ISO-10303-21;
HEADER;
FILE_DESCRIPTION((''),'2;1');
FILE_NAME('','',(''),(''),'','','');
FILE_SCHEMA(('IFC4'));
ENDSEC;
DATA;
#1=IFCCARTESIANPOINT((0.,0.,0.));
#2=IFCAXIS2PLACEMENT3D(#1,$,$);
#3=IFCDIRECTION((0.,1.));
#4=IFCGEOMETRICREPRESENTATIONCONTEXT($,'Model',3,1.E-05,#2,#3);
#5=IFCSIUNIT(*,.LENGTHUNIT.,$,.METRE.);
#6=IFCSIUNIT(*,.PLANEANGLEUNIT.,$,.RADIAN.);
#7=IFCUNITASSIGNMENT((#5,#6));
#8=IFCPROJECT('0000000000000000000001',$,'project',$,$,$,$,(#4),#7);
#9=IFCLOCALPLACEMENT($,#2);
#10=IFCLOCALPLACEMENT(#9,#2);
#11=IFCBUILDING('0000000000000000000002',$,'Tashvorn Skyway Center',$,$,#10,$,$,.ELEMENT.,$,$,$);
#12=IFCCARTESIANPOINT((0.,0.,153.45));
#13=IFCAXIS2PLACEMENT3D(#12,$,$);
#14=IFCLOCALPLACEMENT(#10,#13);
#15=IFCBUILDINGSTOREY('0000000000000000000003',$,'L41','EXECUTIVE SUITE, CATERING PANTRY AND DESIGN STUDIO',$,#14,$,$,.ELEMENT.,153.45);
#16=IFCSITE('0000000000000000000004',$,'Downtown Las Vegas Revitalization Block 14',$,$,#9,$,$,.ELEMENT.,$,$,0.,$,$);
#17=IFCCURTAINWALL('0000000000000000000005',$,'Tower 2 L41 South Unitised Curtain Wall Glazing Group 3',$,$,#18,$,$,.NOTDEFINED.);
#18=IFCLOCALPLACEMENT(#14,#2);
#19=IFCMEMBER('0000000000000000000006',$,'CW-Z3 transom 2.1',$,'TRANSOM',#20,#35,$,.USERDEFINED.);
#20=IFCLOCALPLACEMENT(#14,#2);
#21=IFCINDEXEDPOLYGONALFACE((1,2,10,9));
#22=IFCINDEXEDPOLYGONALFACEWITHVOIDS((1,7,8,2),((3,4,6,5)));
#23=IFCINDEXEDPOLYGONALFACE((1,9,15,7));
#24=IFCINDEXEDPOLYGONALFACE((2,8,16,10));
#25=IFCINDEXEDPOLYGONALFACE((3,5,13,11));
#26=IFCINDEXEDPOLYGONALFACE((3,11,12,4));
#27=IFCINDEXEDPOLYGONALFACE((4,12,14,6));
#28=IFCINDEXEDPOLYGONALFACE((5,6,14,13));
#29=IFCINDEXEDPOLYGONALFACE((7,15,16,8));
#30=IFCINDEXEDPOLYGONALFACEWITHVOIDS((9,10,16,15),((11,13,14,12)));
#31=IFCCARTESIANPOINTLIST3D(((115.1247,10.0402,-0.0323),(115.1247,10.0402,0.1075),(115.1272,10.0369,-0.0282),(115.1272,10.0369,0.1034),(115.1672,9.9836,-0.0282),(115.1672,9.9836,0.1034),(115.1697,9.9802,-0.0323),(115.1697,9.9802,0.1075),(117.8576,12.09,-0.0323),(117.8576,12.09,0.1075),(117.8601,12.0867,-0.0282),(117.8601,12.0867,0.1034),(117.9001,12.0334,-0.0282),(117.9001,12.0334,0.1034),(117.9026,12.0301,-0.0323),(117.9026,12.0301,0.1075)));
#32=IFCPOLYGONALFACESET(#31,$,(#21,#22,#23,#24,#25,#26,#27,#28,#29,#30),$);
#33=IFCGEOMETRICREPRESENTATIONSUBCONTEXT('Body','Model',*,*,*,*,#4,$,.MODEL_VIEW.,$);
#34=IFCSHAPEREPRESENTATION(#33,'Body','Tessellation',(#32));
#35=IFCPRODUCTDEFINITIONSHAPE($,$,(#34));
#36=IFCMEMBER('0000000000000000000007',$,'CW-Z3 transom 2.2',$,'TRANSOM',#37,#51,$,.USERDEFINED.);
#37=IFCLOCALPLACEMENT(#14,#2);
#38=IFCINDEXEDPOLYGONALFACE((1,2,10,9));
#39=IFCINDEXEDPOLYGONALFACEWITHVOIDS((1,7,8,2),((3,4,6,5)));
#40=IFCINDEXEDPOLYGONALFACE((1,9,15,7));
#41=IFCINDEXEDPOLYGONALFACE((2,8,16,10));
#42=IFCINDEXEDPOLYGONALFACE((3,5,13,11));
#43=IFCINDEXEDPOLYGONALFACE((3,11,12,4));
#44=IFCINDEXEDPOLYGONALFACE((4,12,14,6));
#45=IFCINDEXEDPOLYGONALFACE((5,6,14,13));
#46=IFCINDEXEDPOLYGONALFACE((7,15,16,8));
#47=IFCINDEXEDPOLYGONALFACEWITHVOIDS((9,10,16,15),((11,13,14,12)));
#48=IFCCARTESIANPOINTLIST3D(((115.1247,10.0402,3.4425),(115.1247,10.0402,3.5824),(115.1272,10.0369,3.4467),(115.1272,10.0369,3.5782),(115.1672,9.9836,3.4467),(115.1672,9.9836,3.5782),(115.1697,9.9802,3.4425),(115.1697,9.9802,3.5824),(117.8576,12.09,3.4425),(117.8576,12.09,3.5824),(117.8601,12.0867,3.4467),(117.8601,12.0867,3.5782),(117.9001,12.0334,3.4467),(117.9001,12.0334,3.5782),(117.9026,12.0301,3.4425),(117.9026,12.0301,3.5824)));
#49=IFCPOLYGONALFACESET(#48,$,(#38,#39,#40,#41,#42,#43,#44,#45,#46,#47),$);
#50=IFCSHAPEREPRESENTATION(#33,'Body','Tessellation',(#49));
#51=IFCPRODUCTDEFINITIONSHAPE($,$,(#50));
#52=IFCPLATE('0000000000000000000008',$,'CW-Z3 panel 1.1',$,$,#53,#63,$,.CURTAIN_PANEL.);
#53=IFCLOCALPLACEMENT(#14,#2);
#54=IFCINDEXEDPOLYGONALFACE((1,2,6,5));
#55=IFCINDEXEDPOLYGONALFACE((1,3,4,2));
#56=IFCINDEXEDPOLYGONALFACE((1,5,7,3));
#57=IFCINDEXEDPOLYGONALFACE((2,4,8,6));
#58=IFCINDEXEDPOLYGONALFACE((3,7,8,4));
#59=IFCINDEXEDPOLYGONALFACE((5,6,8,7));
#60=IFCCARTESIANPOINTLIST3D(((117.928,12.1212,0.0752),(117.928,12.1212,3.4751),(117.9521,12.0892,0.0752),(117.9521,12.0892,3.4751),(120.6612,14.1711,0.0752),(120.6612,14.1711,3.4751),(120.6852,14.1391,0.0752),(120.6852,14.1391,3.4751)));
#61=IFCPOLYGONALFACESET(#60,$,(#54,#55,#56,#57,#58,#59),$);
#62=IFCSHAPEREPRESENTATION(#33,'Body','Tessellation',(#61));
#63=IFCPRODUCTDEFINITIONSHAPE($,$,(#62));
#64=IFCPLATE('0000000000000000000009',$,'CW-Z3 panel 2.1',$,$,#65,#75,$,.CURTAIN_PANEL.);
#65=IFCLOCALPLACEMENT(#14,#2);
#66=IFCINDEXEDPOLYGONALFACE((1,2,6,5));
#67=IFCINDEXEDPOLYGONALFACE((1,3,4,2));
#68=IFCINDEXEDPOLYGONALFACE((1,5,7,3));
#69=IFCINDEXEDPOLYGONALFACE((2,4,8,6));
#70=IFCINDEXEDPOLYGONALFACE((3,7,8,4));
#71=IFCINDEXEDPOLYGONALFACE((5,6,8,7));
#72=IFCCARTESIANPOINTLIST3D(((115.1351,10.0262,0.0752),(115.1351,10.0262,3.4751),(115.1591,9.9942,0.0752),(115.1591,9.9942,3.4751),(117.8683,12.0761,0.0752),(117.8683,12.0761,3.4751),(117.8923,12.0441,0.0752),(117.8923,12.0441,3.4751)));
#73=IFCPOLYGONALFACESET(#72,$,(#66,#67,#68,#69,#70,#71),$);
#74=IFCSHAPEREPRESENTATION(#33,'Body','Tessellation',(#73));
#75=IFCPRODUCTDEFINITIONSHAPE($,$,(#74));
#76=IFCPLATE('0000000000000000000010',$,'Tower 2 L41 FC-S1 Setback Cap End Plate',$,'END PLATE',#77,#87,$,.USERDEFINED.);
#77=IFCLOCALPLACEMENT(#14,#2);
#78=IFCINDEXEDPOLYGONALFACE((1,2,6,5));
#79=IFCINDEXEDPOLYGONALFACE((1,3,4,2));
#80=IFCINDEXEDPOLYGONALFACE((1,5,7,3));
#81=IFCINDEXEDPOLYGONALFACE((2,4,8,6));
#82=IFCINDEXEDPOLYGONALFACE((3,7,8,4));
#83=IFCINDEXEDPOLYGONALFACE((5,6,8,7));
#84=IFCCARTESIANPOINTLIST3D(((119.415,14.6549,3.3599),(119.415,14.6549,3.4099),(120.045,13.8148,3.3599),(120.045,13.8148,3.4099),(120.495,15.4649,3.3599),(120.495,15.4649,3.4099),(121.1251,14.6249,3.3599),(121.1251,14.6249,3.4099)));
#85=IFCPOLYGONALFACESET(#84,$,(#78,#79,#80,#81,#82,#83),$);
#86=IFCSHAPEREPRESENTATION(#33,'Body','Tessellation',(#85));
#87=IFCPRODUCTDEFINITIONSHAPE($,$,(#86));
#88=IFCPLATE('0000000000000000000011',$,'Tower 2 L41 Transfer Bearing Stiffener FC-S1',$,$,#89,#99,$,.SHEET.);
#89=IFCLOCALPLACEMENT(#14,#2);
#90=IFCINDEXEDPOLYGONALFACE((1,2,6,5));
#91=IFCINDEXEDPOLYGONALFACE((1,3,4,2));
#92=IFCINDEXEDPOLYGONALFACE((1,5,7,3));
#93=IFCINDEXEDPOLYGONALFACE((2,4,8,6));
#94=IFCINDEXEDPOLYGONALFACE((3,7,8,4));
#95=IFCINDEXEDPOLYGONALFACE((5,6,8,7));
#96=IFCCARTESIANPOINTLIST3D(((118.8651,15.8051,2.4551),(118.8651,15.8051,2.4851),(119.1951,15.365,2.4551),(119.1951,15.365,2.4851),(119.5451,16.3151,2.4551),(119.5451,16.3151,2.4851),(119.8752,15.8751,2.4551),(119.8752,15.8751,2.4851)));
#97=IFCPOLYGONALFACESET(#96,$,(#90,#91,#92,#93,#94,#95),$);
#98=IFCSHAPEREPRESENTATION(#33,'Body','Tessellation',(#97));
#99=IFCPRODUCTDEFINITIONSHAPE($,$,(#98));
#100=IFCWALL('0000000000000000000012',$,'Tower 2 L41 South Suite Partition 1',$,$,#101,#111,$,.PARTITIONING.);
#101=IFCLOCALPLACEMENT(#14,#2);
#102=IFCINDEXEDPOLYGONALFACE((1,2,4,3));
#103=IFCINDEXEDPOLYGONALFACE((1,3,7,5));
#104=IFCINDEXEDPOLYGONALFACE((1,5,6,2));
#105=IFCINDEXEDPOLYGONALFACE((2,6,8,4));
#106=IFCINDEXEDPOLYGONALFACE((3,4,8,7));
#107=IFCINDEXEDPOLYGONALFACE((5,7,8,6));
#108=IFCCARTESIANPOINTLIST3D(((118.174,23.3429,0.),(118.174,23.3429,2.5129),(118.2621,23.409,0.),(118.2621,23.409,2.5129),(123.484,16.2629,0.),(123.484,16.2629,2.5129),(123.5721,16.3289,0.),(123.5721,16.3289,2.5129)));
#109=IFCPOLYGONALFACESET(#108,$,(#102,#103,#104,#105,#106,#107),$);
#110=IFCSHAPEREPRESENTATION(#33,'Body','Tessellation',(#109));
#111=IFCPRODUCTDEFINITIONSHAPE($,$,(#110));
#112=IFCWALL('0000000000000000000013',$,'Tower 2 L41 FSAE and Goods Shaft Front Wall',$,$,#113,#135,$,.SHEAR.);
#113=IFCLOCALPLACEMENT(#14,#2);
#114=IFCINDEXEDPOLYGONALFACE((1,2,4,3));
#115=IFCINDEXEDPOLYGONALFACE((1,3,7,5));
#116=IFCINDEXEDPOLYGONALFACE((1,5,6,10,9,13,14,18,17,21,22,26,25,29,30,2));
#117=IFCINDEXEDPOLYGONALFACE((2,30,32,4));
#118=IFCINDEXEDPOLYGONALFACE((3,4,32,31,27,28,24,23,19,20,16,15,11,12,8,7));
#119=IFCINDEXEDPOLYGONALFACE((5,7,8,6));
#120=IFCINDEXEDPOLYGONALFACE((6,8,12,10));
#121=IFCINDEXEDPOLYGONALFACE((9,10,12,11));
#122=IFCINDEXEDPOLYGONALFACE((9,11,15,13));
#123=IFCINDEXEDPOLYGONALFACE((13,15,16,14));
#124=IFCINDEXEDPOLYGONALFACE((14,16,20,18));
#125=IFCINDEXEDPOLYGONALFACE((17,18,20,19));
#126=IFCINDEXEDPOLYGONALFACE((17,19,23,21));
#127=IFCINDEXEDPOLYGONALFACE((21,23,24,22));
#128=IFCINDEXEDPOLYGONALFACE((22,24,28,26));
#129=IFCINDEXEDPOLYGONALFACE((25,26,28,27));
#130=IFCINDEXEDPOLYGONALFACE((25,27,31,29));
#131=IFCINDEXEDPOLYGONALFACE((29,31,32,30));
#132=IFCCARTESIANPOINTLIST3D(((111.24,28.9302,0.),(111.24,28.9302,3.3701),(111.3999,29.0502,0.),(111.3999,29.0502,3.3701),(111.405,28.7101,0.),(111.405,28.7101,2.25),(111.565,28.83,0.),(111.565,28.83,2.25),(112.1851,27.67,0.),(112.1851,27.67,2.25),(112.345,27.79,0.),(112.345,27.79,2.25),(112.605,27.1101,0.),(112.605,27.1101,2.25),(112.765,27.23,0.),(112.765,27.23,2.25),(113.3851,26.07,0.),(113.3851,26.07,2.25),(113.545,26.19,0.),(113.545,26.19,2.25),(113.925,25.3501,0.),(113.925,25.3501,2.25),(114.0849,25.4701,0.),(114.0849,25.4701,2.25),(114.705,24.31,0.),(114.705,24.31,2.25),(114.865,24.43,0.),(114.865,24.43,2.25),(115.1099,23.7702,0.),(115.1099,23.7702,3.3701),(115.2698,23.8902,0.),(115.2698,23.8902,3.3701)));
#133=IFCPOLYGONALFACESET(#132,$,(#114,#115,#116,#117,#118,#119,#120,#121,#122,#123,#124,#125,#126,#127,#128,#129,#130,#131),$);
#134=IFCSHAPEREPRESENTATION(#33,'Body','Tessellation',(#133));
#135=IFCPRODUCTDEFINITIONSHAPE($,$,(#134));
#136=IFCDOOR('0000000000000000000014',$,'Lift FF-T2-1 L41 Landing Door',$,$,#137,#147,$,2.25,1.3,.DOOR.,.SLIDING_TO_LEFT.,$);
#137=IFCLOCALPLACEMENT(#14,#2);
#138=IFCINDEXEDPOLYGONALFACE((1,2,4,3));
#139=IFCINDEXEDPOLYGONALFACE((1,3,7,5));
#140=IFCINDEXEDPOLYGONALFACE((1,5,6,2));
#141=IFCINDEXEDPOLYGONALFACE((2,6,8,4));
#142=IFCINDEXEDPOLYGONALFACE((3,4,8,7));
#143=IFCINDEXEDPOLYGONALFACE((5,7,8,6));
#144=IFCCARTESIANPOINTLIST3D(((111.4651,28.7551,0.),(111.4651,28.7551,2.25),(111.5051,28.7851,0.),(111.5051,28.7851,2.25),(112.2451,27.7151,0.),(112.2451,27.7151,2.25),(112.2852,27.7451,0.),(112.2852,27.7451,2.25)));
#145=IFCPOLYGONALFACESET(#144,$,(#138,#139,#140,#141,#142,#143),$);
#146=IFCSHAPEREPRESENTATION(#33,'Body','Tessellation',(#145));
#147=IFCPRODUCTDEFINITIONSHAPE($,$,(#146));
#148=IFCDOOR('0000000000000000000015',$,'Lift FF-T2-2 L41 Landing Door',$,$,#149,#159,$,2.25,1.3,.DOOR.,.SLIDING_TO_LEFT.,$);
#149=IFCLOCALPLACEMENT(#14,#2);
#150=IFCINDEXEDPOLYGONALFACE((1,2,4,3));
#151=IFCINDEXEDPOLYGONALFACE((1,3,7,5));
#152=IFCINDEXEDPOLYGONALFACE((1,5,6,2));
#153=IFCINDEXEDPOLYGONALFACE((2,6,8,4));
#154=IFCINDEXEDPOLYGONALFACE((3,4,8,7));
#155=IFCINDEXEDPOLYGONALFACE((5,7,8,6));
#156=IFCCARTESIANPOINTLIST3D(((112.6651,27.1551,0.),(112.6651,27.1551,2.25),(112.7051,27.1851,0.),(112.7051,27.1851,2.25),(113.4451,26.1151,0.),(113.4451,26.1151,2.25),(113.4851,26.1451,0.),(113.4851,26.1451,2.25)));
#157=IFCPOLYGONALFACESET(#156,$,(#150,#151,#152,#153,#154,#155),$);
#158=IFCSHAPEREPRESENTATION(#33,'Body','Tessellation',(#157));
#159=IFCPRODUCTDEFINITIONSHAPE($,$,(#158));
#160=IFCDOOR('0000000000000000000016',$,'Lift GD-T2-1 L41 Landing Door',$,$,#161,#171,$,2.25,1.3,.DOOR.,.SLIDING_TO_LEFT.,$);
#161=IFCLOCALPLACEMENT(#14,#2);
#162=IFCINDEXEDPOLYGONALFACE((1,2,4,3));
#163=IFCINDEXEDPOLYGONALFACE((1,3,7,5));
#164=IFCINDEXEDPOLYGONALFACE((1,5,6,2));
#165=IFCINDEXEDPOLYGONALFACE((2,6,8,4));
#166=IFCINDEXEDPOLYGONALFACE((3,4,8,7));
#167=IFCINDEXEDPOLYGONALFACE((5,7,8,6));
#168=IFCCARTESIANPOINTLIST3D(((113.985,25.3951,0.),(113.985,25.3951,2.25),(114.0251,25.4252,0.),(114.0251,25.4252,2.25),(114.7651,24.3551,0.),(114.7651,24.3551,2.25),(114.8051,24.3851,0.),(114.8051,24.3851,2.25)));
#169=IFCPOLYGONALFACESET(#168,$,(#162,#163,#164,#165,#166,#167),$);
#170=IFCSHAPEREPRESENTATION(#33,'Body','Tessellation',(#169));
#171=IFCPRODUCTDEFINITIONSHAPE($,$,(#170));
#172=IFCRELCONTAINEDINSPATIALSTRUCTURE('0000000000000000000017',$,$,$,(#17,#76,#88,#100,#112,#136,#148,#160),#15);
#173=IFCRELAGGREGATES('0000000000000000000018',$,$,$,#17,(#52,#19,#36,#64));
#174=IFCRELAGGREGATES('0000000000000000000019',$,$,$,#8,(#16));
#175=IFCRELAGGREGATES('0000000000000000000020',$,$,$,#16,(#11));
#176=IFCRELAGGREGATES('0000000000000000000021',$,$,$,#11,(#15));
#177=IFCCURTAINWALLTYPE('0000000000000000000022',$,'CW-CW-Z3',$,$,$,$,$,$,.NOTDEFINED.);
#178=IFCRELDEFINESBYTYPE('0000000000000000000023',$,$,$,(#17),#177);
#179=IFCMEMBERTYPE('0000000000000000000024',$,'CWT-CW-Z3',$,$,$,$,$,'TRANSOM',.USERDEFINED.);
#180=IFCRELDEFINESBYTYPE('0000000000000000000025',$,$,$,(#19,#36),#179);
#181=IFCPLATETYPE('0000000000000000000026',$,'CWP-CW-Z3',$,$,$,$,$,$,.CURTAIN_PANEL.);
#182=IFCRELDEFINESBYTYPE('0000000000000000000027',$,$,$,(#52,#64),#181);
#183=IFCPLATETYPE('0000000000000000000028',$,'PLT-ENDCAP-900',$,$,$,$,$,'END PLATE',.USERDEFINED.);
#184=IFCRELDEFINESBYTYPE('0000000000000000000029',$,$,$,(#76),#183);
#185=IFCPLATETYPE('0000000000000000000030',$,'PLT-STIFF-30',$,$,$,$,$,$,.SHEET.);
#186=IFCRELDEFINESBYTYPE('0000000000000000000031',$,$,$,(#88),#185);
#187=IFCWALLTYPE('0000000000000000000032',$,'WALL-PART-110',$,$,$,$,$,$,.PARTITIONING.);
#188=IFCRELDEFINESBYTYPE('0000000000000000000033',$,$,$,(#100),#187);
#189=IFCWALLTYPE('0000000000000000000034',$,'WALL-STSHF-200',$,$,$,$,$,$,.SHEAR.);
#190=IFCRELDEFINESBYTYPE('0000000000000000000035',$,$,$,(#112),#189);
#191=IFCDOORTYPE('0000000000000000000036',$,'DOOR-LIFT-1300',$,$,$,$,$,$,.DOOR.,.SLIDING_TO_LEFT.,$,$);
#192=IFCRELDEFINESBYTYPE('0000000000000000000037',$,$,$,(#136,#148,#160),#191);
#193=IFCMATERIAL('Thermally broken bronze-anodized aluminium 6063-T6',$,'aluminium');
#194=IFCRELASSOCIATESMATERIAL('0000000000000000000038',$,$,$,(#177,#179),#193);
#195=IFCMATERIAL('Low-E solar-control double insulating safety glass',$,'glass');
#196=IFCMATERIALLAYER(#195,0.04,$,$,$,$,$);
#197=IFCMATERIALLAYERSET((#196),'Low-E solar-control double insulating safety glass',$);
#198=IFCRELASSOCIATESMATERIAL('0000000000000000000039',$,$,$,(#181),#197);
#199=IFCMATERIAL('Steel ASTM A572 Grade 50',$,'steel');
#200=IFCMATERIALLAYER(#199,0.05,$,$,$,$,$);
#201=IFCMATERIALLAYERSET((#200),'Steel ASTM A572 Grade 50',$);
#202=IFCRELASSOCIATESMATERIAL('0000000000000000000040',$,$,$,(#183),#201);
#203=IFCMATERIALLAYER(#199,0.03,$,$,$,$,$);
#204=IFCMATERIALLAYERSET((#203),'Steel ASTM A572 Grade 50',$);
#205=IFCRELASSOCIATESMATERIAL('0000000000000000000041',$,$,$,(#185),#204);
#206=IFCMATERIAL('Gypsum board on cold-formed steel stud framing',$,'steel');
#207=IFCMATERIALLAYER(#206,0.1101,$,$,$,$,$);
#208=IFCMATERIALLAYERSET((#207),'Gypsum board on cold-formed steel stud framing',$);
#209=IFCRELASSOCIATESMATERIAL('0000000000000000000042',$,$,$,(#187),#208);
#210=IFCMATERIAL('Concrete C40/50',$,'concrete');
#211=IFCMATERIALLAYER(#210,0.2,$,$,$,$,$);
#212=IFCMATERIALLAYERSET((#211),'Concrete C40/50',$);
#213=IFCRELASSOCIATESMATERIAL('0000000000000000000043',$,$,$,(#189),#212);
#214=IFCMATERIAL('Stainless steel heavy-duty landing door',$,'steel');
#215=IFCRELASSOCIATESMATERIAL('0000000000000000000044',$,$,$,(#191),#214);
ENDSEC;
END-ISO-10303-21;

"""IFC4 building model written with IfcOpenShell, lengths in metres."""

from ifc_helpers import new_model, si_unit, direction, frame, frame_2d, origin, origin_2d, place, context, subcontext, project, spatial, rectangle, hollow_rectangle, extrude, material, layer, layer_set, material_profile, profile_set, type_object, element, fill, aggregate, save


model = new_model("IFC4")

# Units and contexts
model_context = context("Model", 3, precision=1e-05, world=origin(), true_north=direction((0.0, 1.0)))
body_context = subcontext(model_context, "Body", "Model", "MODEL_VIEW")
ifc_project = project(units=[si_unit("LENGTHUNIT", "METRE"), si_unit("PLANEANGLEUNIT", "RADIAN")], contexts=[model_context])

# Site, building, storey
site_placement = place(None, origin())
site = spatial("IfcSite", under=ifc_project, at=site_placement, Name="Downtown Las Vegas Revitalization Block 14", CompositionType="ELEMENT", RefElevation=0.0)
building_placement = place(site_placement, origin())
building = spatial("IfcBuilding", under=site, at=building_placement, Name="Tashvorn Skyway Center", CompositionType="ELEMENT")
storey_placement = place(building_placement, frame((0.0, 0.0, 153.45)))
storey = spatial("IfcBuildingStorey", under=building, at=storey_placement, Name="L41", Description="EXECUTIVE SUITE, CATERING PANTRY AND DESIGN STUDIO", CompositionType="ELEMENT", Elevation=153.45)

# Shared definitions
ifc_material_1 = material(Name="Steel ASTM A572 Grade 50", Category="steel")

# Shared definitions
ifc_material_2 = material(Name="Thermally broken bronze-anodized aluminium 6063-T6", Category="aluminium")
curtain_wall_type = type_object("IfcCurtainWallType", Name="CW-CW-Z3", PredefinedType="NOTDEFINED", material=ifc_material_2)

# Curtain wall, members, plates
curtain_wall_1_placement = place(storey_placement, origin())
curtain_wall_1 = element("IfcCurtainWall", 1, at=curtain_wall_1_placement, inside=storey, type_object=curtain_wall_type, Name="Tower 2 L41 South Unitised Curtain Wall Glazing Group 3", PredefinedType="NOTDEFINED")
ifc_material_profile_1 = material_profile(ifc_material_2, hollow_rectangle(XDim=0.075, YDim=0.1399, WallThickness=0.0042, at=origin_2d()), Name="ALU-TRAN-75x140")
ifc_profile_set_1 = profile_set([ifc_material_profile_1], Name="Thermally broken bronze-anodized aluminium 6063-T6")
member_type_1 = type_object("IfcMemberType", Name="CWT-CW-Z3", ElementType="TRANSOM", PredefinedType="USERDEFINED", material=ifc_profile_set_1)
member_1_placement = place(storey_placement, frame((117.8801, 12.0601, 0.0376), z_axis=(-0.799983, -0.600023, 0.0), x_axis=(0.600023, -0.799983, 0.0)))
member_1 = element("IfcMember", 2, at=member_1_placement, type_object=member_type_1, Name="CW-Z3 transom 2.1", ObjectType="TRANSOM", PredefinedType="USERDEFINED", context=body_context, shape_type="SweptSolid", body=[
    extrude(hollow_rectangle(XDim=0.075, YDim=0.1399, WallThickness=0.0042, at=origin_2d()), origin(), (0.0, 0.0, 1.0), 3.4163),
])
member_2_placement = place(storey_placement, frame((117.8801, 12.0601, 3.5125), z_axis=(-0.799983, -0.600023, 0.0), x_axis=(0.600023, -0.799983, 0.0)))
member_2 = element("IfcMember", 3, at=member_2_placement, type_object=member_type_1, Name="CW-Z3 transom 2.2", ObjectType="TRANSOM", PredefinedType="USERDEFINED", context=body_context, shape_type="SweptSolid", body=[
    extrude(hollow_rectangle(XDim=0.075, YDim=0.1399, WallThickness=0.0042, at=origin_2d()), origin(), (0.0, 0.0, 1.0), 3.4163),
])
ifc_material_3 = material(Name="Low-E solar-control double insulating safety glass", Category="glass")
ifc_layer_1 = layer(ifc_material_3, 0.04)
ifc_layer_set_1 = layer_set([ifc_layer_1], Name="Low-E solar-control double insulating safety glass")
plate_type_1 = type_object("IfcPlateType", Name="CWP-CW-Z3", PredefinedType="CURTAIN_PANEL", material=ifc_layer_set_1)
plate_1_placement = place(storey_placement, frame((119.3066, 13.1301, 0.0752), z_axis=(0.0, 0.0, 1.0), x_axis=(-0.799997, -0.600005, 0.0)))
plate_1 = element("IfcPlate", 4, at=plate_1_placement, type_object=plate_type_1, Name="CW-Z3 panel 1.1", PredefinedType="CURTAIN_PANEL", context=body_context, shape_type="SweptSolid", body=[
    extrude(rectangle(XDim=3.4165, YDim=0.04, at=origin_2d()), origin(), (0.0, 0.0, 1.0), 3.3999),
])
plate_2_placement = place(storey_placement, frame((116.5137, 11.0352, 0.0752), z_axis=(0.0, 0.0, 1.0), x_axis=(-0.799997, -0.600005, 0.0)))
plate_2 = element("IfcPlate", 5, at=plate_2_placement, type_object=plate_type_1, Name="CW-Z3 panel 2.1", PredefinedType="CURTAIN_PANEL", context=body_context, shape_type="SweptSolid", body=[
    extrude(rectangle(XDim=3.4165, YDim=0.04, at=origin_2d()), origin(), (0.0, 0.0, 1.0), 3.3999),
])
aggregate(curtain_wall_1, [plate_1, member_1, member_2, plate_2])

# Plates
ifc_layer_2 = layer(ifc_material_1, 0.05)
ifc_layer_set_2 = layer_set([ifc_layer_2], Name="Steel ASTM A572 Grade 50")
plate_type_2 = type_object("IfcPlateType", Name="PLT-ENDCAP-900", ElementType="END PLATE", PredefinedType="USERDEFINED", material=ifc_layer_set_2)
plate_3_placement = place(storey_placement, frame((120.27, 14.6399, 3.3599), z_axis=(0.0, 0.0, 1.0), x_axis=(0.8, 0.6, 0.0)))
element("IfcPlate", 6, at=plate_3_placement, inside=storey, type_object=plate_type_2, Name="Tower 2 L41 FC-S1 Setback Cap End Plate", ObjectType="END PLATE", PredefinedType="USERDEFINED", context=body_context, shape_type="SweptSolid", body=[
    extrude(rectangle(XDim=1.3501, YDim=1.05, at=origin_2d()), origin(), (0.0, 0.0, 1.0), 0.05),
])
ifc_layer_3 = layer(ifc_material_1, 0.03)
ifc_layer_set_3 = layer_set([ifc_layer_3], Name="Steel ASTM A572 Grade 50")
plate_type_3 = type_object("IfcPlateType", Name="PLT-STIFF-30", PredefinedType="SHEET", material=ifc_layer_set_3)
plate_4_placement = place(storey_placement, frame((119.3701, 15.8401, 2.4551), z_axis=(0.0, 0.0, 1.0), x_axis=(0.8, 0.6, 0.0)))
element("IfcPlate", 7, at=plate_4_placement, inside=storey, type_object=plate_type_3, Name="Tower 2 L41 Transfer Bearing Stiffener FC-S1", PredefinedType="SHEET", context=body_context, shape_type="SweptSolid", body=[
    extrude(rectangle(XDim=0.8501, YDim=0.55, at=origin_2d()), origin(), (0.0, 0.0, 1.0), 0.03),
])

# Wall
ifc_material_4 = material(Name="Gypsum board on cold-formed steel stud framing", Category="steel")
ifc_layer_4 = layer(ifc_material_4, 0.1101)
ifc_layer_set_4 = layer_set([ifc_layer_4], Name="Gypsum board on cold-formed steel stud framing")
wall_type_1 = type_object("IfcWallType", Name="WALL-PART-110", PredefinedType="PARTITIONING", material=ifc_layer_set_4)
wall_1_placement = place(storey_placement, frame((123.5281, 16.2959, 0.0), z_axis=(0.0, 0.0, 1.0), x_axis=(-0.6, 0.8, 0.0)))
element("IfcWall", 8, at=wall_1_placement, inside=storey, type_object=wall_type_1, Name="Tower 2 L41 South Suite Partition 1", PredefinedType="PARTITIONING", context=body_context, shape_type="SweptSolid", body=[
    extrude(rectangle(XDim=8.8501, YDim=0.1101, at=frame_2d((4.425, 0.0))), origin(), (0.0, 0.0, 1.0), 2.5129),
])

# Wall, openings, doors
ifc_material_5 = material(Name="Concrete C40/50", Category="concrete")
ifc_layer_5 = layer(ifc_material_5, 0.2)
ifc_layer_set_5 = layer_set([ifc_layer_5], Name="Concrete C40/50")
wall_type_2 = type_object("IfcWallType", Name="WALL-STSHF-200", PredefinedType="SHEAR", material=ifc_layer_set_5)
wall_2_placement = place(storey_placement, frame((115.1899, 23.8301, 0.0), z_axis=(0.0, 0.0, 1.0), x_axis=(-0.599994, 0.800005, 0.0)))
wall_2 = element("IfcWall", 9, at=wall_2_placement, inside=storey, type_object=wall_type_2, Name="Tower 2 L41 FSAE and Goods Shaft Front Wall", PredefinedType="SHEAR", context=body_context, shape_type="SweptSolid", body=[
    extrude(rectangle(XDim=6.45, YDim=0.2, at=frame_2d((3.2251, 0.0))), origin(), (0.0, 0.0, 1.0), 3.3701),
])
opening_1_placement = place(wall_2_placement, frame((4.875, 0.0, 0.0)))
opening_1 = element("IfcOpeningElement", 10, at=opening_1_placement, cuts=wall_2, PredefinedType="OPENING", context=body_context, shape_type="SweptSolid", body=[
    extrude(rectangle(XDim=1.3, YDim=2.25, at=frame_2d((0.6499, 1.125))), frame((0.0, 0.1099, 0.0), z_axis=(0.0, -1.0, 0.0), x_axis=(1.0, 0.0, 0.0)), (0.0, 0.0, 1.0), 0.22),
])
opening_2_placement = place(wall_2_placement, frame((2.875, 0.0, 0.0)))
opening_2 = element("IfcOpeningElement", 11, at=opening_2_placement, cuts=wall_2, PredefinedType="OPENING", context=body_context, shape_type="SweptSolid", body=[
    extrude(rectangle(XDim=1.3, YDim=2.25, at=frame_2d((0.6499, 1.125))), frame((0.0, 0.1099, 0.0), z_axis=(0.0, -1.0, 0.0), x_axis=(1.0, 0.0, 0.0)), (0.0, 0.0, 1.0), 0.22),
])
opening_3_placement = place(wall_2_placement, frame((0.675, 0.0, 0.0)))
opening_3 = element("IfcOpeningElement", 12, at=opening_3_placement, cuts=wall_2, PredefinedType="OPENING", context=body_context, shape_type="SweptSolid", body=[
    extrude(rectangle(XDim=1.3, YDim=2.25, at=frame_2d((0.6499, 1.125))), frame((0.0, 0.1099, 0.0), z_axis=(0.0, -1.0, 0.0), x_axis=(1.0, 0.0, 0.0)), (0.0, 0.0, 1.0), 0.22),
])
ifc_material_6 = material(Name="Stainless steel heavy-duty landing door", Category="steel")
door_type = type_object("IfcDoorType", Name="DOOR-LIFT-1300", OperationType="SLIDING_TO_LEFT", PredefinedType="DOOR", material=ifc_material_6)
door_1_placement = place(opening_1_placement, origin())
door_1 = element("IfcDoor", 13, at=door_1_placement, inside=storey, type_object=door_type, Name="Lift FF-T2-1 L41 Landing Door", OperationType="SLIDING_TO_LEFT", OverallHeight=2.25, OverallWidth=1.3, PredefinedType="DOOR", context=body_context, shape_type="SweptSolid", body=[
    extrude(rectangle(XDim=1.3, YDim=2.25, at=frame_2d((0.6499, 1.125))), frame((0.0, 0.0249, 0.0), z_axis=(0.0, -1.0, 0.0), x_axis=(1.0, 0.0, 0.0)), (0.0, 0.0, 1.0), 0.05),
])
fill(opening_1, door_1)
door_2_placement = place(opening_2_placement, origin())
door_2 = element("IfcDoor", 14, at=door_2_placement, inside=storey, type_object=door_type, Name="Lift FF-T2-2 L41 Landing Door", OperationType="SLIDING_TO_LEFT", OverallHeight=2.25, OverallWidth=1.3, PredefinedType="DOOR", context=body_context, shape_type="SweptSolid", body=[
    extrude(rectangle(XDim=1.3, YDim=2.25, at=frame_2d((0.6499, 1.125))), frame((0.0, 0.0249, 0.0), z_axis=(0.0, -1.0, 0.0), x_axis=(1.0, 0.0, 0.0)), (0.0, 0.0, 1.0), 0.05),
])
fill(opening_2, door_2)
door_3_placement = place(opening_3_placement, origin())
door_3 = element("IfcDoor", 15, at=door_3_placement, inside=storey, type_object=door_type, Name="Lift GD-T2-1 L41 Landing Door", OperationType="SLIDING_TO_LEFT", OverallHeight=2.25, OverallWidth=1.3, PredefinedType="DOOR", context=body_context, shape_type="SweptSolid", body=[
    extrude(rectangle(XDim=1.3, YDim=2.25, at=frame_2d((0.6499, 1.125))), frame((0.0, 0.0249, 0.0), z_axis=(0.0, -1.0, 0.0), x_axis=(1.0, 0.0, 0.0)), (0.0, 0.0, 1.0), 0.05),
])
fill(opening_3, door_3)

save(model, "model.ifc")
